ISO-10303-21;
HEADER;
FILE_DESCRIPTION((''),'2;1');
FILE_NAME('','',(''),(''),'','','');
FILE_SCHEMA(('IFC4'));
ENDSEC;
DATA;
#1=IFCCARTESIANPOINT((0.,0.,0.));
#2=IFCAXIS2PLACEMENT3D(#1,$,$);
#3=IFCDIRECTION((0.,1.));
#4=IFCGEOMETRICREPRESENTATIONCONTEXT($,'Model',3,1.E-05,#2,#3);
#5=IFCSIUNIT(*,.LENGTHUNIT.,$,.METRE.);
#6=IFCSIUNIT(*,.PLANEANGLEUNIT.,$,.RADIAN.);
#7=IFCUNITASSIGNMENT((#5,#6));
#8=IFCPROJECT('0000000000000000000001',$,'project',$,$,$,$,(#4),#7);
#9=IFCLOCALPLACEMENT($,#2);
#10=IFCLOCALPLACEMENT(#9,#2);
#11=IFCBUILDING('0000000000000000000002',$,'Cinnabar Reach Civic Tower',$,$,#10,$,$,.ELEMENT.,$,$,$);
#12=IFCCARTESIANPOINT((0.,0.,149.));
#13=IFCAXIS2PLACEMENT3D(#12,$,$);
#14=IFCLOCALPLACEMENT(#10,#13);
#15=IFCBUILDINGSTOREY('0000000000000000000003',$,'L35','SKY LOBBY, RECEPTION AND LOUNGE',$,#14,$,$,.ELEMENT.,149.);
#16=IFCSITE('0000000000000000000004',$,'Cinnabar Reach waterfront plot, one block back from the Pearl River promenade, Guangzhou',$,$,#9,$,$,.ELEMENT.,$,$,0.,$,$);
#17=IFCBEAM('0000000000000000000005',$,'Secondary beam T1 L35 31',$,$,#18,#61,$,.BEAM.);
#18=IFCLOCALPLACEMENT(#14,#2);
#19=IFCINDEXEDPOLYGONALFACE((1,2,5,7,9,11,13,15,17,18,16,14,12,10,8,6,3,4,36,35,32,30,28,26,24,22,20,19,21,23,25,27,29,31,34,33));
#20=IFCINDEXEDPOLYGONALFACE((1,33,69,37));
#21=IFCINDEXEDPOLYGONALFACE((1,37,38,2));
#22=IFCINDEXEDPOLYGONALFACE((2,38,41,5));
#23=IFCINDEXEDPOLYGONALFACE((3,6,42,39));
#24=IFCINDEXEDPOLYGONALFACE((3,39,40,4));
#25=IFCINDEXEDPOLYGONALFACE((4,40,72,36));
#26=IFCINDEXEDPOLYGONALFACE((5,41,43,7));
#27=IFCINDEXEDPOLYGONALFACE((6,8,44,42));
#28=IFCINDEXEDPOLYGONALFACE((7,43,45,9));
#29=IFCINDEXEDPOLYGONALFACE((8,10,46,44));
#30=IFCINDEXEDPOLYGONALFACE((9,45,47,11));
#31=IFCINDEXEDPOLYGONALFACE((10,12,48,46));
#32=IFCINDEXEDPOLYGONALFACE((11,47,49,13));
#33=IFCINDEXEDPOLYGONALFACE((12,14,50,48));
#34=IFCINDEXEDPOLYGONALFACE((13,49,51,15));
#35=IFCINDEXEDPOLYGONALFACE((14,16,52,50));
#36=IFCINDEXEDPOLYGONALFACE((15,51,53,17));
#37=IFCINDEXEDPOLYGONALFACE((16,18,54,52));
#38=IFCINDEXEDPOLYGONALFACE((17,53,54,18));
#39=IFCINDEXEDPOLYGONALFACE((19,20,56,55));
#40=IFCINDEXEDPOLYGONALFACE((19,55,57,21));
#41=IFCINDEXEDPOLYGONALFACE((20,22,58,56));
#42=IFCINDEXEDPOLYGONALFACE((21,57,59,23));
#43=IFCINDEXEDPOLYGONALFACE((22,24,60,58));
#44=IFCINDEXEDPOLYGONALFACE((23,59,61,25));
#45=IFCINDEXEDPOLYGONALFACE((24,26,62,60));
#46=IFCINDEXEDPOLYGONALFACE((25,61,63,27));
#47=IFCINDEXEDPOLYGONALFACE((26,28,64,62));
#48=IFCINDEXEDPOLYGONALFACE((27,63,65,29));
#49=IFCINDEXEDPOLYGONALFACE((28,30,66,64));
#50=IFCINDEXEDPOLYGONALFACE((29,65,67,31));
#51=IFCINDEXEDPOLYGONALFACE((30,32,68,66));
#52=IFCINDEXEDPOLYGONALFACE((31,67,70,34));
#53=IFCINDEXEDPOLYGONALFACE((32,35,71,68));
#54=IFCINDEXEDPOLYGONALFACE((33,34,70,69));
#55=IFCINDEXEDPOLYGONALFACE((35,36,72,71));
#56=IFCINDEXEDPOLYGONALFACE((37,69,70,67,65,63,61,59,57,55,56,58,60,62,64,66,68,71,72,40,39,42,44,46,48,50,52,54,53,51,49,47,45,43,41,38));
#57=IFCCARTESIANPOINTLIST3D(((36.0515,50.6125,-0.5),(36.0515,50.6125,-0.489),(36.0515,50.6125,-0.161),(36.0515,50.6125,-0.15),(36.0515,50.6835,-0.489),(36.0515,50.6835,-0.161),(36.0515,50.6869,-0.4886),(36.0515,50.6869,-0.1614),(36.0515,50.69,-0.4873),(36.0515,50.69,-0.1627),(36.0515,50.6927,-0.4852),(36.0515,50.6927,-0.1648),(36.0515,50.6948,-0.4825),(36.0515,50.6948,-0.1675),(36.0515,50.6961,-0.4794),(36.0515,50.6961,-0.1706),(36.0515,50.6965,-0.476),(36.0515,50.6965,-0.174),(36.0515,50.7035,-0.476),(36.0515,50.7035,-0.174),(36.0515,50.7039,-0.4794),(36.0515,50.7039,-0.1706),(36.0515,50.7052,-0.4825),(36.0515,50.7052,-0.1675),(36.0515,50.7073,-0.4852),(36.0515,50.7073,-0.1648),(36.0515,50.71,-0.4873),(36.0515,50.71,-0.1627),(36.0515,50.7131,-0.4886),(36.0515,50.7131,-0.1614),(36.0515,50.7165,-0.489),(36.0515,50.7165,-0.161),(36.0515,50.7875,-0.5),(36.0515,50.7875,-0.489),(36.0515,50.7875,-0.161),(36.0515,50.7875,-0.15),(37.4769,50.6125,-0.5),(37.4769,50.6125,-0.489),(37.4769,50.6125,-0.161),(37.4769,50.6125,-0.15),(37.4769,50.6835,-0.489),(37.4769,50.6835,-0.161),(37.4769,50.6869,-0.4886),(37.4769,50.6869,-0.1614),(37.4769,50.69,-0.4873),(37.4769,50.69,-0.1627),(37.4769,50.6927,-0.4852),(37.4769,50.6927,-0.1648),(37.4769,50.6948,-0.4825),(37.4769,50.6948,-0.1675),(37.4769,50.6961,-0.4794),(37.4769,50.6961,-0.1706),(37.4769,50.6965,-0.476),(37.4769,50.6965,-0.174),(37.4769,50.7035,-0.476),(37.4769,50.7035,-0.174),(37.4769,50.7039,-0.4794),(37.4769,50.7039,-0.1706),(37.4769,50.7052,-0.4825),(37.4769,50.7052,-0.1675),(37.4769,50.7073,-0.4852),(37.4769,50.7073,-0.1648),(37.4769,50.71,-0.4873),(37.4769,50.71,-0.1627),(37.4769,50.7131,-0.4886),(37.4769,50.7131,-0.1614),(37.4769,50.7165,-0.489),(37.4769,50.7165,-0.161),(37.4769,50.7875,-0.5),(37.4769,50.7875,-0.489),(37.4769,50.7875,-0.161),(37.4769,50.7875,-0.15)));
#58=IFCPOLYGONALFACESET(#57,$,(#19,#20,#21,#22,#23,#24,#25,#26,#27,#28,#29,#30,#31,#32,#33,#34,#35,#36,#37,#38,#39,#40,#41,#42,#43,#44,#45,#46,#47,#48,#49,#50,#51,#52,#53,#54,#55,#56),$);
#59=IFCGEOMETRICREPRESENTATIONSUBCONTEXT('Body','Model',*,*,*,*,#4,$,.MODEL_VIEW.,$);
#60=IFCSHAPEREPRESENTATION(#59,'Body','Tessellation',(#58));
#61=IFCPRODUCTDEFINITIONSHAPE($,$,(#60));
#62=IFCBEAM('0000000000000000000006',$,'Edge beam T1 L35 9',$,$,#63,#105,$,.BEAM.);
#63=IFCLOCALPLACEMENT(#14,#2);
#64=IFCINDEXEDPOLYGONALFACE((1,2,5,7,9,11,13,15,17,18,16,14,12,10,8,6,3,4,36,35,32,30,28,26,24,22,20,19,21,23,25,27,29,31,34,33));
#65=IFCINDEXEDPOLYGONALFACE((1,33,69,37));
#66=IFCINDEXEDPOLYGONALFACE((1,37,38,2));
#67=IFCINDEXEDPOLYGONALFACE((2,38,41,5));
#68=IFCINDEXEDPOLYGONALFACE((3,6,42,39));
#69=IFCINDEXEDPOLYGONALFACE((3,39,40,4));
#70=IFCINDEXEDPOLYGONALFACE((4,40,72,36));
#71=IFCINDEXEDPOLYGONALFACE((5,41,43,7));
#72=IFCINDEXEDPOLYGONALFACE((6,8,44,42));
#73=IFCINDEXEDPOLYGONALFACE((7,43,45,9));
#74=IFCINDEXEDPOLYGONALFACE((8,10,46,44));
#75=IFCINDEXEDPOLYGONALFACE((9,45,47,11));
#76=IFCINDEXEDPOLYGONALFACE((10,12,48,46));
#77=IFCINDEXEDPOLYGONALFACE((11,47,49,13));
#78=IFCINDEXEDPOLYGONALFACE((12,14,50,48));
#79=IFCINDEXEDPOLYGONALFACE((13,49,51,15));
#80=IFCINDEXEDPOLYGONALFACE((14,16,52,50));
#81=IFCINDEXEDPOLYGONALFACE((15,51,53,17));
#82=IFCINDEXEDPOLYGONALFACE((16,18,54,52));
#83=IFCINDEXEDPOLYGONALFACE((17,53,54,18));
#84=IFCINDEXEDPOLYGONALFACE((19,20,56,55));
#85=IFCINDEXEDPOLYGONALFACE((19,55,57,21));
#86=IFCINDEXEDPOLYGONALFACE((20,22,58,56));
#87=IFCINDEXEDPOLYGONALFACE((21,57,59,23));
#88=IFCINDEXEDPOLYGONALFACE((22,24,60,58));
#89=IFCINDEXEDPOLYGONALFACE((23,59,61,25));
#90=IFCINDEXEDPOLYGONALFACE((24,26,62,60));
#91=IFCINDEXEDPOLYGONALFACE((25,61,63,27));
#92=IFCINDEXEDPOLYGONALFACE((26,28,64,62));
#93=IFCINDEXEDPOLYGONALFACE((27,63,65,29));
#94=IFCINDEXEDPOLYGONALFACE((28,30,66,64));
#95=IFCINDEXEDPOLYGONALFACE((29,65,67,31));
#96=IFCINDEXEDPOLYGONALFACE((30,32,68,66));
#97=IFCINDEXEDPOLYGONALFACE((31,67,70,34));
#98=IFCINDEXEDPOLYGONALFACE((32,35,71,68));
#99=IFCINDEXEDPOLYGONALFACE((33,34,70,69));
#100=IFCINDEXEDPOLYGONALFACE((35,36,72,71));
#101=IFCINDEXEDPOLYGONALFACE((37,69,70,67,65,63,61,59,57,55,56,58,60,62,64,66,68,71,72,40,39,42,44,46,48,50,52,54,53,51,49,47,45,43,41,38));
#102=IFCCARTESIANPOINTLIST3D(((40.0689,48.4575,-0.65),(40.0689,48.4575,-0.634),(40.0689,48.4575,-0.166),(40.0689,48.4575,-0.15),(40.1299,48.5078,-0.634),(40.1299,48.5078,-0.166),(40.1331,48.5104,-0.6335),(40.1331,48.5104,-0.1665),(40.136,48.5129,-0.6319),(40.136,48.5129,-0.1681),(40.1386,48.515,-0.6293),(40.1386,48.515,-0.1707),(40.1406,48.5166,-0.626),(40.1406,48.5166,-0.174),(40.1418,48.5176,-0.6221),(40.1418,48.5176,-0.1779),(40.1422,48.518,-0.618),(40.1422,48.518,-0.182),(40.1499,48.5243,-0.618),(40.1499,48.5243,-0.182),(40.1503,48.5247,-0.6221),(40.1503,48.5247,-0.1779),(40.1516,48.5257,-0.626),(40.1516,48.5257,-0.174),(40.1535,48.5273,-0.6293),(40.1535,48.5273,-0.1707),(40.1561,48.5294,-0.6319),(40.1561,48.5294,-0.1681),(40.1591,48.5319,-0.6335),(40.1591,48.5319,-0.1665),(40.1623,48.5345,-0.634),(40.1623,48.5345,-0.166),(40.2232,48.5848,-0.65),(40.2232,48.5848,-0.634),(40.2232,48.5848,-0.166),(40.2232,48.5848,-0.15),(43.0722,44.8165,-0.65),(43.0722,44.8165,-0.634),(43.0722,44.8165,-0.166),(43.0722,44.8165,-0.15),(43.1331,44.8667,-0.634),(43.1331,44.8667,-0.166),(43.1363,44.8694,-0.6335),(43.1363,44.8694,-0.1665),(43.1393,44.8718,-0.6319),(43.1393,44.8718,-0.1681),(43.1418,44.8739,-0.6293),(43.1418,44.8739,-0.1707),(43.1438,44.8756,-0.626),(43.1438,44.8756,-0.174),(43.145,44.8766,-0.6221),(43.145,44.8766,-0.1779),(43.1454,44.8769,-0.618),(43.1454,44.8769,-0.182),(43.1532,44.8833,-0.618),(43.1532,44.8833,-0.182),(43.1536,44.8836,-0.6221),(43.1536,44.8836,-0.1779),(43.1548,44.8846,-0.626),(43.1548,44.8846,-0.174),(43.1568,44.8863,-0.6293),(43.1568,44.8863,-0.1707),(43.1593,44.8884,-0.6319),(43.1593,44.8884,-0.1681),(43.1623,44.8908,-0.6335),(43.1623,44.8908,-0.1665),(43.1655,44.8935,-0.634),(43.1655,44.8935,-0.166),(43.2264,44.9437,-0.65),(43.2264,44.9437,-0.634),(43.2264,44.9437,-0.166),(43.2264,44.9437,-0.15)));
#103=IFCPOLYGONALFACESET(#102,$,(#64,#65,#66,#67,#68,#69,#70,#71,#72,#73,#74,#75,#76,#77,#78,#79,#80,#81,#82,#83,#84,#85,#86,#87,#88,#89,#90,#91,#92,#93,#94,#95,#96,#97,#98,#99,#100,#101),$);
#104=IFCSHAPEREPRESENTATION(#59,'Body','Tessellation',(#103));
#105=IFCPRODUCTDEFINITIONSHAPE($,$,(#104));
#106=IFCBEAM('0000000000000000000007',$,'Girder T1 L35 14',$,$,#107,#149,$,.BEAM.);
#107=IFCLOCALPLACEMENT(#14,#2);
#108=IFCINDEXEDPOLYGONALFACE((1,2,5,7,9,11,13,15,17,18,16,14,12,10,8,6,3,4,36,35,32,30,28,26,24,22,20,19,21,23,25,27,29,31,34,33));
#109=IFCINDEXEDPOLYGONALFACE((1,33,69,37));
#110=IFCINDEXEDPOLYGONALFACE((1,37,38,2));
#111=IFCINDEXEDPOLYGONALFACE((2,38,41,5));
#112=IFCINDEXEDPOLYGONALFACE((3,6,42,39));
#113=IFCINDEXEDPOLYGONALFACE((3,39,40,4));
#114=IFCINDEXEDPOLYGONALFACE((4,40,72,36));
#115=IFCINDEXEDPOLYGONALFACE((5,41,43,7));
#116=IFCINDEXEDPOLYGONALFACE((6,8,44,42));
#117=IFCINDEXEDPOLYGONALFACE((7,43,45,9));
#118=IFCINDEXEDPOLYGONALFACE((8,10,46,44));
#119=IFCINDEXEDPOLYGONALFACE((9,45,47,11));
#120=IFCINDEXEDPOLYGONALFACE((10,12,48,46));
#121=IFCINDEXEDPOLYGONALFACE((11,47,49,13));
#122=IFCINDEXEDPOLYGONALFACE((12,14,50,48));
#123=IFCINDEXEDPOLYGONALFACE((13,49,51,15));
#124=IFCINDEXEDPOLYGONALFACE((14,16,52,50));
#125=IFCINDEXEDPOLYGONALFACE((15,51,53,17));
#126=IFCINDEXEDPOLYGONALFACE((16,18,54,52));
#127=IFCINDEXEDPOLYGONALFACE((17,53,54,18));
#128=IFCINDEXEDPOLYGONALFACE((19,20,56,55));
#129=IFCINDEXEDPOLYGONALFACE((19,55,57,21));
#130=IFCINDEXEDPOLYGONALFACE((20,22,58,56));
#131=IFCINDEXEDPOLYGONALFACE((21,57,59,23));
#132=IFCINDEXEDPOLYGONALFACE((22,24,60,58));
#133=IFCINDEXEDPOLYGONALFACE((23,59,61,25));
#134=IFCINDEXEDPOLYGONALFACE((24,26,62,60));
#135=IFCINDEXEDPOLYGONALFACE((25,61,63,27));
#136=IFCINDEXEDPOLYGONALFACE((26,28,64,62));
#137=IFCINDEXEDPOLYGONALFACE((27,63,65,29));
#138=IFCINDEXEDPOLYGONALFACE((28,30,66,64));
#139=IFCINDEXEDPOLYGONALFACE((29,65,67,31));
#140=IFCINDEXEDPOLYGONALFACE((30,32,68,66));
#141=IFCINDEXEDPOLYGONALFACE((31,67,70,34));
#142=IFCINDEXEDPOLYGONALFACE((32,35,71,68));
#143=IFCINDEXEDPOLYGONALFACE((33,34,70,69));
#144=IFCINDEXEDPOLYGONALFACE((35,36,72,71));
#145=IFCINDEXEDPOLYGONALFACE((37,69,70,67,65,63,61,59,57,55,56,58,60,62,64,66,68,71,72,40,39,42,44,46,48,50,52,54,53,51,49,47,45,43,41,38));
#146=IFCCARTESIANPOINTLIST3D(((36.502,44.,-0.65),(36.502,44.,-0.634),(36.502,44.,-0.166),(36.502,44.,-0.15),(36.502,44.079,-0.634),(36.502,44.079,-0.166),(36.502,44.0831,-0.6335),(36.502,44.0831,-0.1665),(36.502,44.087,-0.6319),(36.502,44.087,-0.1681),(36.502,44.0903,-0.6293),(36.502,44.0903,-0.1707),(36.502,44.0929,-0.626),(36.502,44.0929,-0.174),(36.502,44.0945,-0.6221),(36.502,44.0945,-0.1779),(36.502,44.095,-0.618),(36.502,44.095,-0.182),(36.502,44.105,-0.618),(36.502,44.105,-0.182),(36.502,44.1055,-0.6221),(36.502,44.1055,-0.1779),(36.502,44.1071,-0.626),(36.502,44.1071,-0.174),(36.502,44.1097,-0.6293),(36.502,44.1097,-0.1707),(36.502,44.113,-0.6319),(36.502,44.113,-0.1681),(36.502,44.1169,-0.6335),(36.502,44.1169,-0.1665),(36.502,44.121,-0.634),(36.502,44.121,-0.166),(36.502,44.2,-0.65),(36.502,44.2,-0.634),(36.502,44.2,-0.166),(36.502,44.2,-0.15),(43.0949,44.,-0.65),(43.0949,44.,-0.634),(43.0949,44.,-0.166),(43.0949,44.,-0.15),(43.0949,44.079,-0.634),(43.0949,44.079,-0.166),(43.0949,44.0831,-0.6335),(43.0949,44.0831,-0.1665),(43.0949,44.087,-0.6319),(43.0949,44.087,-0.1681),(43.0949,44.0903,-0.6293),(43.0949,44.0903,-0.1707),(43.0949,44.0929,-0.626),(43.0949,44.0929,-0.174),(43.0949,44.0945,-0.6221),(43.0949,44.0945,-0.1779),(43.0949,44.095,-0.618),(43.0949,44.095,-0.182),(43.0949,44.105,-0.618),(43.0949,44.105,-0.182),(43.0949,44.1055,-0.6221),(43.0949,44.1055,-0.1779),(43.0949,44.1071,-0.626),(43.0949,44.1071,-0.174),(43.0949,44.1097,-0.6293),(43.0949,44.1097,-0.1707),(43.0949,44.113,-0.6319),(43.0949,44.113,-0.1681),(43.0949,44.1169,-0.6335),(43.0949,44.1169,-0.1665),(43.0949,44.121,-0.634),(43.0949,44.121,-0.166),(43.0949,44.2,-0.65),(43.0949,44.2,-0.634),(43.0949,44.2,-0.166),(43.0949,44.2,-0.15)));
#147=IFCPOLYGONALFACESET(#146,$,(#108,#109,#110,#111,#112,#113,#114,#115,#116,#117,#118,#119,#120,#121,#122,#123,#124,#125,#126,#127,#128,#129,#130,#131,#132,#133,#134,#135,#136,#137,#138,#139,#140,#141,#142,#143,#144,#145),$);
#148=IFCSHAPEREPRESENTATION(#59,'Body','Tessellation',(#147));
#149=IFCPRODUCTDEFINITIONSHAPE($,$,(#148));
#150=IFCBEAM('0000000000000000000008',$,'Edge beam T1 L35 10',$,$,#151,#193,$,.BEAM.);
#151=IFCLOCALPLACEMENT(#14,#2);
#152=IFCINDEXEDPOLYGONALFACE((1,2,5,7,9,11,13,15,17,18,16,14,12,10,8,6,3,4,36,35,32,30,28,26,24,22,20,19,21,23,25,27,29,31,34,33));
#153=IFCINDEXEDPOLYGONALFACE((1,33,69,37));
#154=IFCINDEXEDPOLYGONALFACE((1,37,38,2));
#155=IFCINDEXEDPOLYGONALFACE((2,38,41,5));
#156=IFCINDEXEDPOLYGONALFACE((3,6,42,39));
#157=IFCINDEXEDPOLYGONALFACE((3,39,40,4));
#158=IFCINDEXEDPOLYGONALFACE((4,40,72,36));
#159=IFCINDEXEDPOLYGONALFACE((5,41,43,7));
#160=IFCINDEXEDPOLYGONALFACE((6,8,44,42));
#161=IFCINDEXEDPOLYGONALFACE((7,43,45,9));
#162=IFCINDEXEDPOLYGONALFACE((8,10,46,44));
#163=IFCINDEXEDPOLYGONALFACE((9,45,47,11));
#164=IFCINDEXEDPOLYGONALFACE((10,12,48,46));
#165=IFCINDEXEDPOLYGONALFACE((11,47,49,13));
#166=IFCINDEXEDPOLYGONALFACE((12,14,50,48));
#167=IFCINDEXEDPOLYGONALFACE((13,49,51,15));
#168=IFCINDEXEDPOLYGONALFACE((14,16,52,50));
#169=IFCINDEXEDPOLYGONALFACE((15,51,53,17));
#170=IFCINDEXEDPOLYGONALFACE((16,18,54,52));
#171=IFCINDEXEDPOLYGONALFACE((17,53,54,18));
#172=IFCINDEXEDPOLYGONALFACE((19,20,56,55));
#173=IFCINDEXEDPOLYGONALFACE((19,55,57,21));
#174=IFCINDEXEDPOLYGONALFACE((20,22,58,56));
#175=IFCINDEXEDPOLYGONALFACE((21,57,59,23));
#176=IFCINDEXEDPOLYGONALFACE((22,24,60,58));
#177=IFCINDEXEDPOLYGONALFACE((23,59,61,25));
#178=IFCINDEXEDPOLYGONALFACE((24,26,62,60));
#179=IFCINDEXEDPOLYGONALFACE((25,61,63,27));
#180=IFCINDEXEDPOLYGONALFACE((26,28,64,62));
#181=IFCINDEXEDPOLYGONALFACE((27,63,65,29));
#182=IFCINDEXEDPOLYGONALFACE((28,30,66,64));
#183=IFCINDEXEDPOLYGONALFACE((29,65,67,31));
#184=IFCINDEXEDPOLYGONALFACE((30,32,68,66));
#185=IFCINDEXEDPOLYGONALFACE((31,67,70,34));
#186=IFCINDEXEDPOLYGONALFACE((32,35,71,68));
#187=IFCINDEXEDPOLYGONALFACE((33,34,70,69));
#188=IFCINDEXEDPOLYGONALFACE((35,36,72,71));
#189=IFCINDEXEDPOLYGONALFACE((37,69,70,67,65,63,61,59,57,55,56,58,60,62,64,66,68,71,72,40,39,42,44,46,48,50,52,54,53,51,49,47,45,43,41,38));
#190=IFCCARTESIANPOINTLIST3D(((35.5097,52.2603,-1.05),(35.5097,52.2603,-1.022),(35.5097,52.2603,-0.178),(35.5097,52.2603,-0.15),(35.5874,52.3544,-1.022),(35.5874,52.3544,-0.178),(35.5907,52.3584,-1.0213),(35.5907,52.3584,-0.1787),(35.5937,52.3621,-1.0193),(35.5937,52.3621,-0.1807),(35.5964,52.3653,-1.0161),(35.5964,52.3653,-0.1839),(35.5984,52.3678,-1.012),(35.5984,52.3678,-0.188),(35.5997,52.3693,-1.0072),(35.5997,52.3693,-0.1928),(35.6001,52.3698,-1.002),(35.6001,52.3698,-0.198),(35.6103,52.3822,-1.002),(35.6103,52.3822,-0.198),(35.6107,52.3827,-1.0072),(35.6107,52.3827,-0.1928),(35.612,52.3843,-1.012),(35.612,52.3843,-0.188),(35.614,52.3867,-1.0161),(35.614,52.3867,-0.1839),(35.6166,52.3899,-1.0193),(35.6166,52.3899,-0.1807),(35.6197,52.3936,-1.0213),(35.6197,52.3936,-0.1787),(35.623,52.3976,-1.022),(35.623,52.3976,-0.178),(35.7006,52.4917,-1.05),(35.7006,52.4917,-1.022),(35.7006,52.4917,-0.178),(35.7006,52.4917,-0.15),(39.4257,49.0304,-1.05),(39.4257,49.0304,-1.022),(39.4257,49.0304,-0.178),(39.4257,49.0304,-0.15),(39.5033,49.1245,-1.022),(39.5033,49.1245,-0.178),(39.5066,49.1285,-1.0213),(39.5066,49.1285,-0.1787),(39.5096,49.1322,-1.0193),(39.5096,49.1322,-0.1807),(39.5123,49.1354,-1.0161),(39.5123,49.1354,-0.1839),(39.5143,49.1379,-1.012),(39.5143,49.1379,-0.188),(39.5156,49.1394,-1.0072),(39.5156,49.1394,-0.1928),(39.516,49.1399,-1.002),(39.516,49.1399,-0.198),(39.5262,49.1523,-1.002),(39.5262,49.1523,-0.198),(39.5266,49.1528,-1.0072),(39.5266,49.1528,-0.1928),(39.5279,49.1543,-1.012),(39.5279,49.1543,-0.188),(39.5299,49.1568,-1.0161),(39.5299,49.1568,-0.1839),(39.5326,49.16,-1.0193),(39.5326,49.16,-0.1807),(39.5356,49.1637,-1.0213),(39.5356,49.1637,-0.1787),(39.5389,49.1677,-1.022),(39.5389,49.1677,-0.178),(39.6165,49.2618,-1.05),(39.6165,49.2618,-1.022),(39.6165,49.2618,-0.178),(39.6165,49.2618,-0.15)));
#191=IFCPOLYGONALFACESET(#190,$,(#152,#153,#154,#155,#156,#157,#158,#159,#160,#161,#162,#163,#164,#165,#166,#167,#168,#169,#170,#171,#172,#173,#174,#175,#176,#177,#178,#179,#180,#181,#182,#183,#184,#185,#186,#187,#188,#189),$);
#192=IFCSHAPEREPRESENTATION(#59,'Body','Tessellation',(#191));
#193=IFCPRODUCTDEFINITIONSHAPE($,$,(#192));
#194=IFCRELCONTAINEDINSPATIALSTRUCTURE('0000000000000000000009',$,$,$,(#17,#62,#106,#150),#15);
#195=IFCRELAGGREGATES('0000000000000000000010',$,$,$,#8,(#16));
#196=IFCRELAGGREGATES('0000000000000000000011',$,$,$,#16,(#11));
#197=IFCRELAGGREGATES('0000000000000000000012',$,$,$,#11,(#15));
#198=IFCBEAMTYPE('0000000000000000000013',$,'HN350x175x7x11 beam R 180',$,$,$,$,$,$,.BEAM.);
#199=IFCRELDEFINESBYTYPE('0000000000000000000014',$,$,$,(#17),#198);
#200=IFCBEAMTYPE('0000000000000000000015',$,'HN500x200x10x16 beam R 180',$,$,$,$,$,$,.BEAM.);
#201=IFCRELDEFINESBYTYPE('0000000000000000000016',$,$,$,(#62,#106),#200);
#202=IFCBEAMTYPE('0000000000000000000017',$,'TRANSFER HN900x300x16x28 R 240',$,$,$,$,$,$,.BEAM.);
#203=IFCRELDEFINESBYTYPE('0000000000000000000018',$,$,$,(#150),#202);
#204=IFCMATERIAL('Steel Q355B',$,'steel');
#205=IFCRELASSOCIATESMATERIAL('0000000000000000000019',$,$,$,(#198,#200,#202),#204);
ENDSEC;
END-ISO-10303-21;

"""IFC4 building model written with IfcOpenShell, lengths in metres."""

from ifc_helpers import new_model, si_unit, direction, frame, origin, origin_2d, place, context, subcontext, project, spatial, i_section, extrude, material, material_profile, profile_set, type_object, element, save


model = new_model("IFC4")

# Units and contexts
model_context = context("Model", 3, precision=1e-05, world=origin(), true_north=direction((0.0, 1.0)))
body_context = subcontext(model_context, "Body", "Model", "MODEL_VIEW")
ifc_project = project(units=[si_unit("LENGTHUNIT", "METRE"), si_unit("PLANEANGLEUNIT", "RADIAN")], contexts=[model_context])

# Site, building, storey
site_placement = place(None, origin())
site = spatial("IfcSite", under=ifc_project, at=site_placement, Name="Cinnabar Reach waterfront plot, one block back from the Pearl River promenade, Guangzhou", CompositionType="ELEMENT", RefElevation=0.0)
building_placement = place(site_placement, origin())
building = spatial("IfcBuilding", under=site, at=building_placement, Name="Cinnabar Reach Civic Tower", CompositionType="ELEMENT")
storey_placement = place(building_placement, frame((0.0, 0.0, 149.0)))
storey = spatial("IfcBuildingStorey", under=building, at=storey_placement, Name="L35", Description="SKY LOBBY, RECEPTION AND LOUNGE", CompositionType="ELEMENT", Elevation=149.0)

# Beams
ifc_material_1 = material(Name="Steel Q355B", Category="steel")
ifc_material_profile_1 = material_profile(ifc_material_1, i_section(OverallWidth=0.175, OverallDepth=0.35, WebThickness=0.007, FlangeThickness=0.011, FilletRadius=0.013, at=origin_2d()), Name="HN350x175x7x11")
ifc_profile_set_1 = profile_set([ifc_material_profile_1], Name="Steel Q355B")
beam_type_1 = type_object("IfcBeamType", Name="HN350x175x7x11 beam R 180", PredefinedType="BEAM", material=ifc_profile_set_1)
beam_1_placement = place(storey_placement, frame((36.0515, 50.7, -0.325), z_axis=(1.0, 0.0, 0.0), x_axis=(0.0, 1.0, 0.0)))
element("IfcBeam", 1, at=beam_1_placement, inside=storey, type_object=beam_type_1, Name="Secondary beam T1 L35 31", PredefinedType="BEAM", context=body_context, shape_type="SweptSolid", body=[
    extrude(i_section(OverallWidth=0.175, OverallDepth=0.35, WebThickness=0.007, FlangeThickness=0.011, FilletRadius=0.013, at=origin_2d()), origin(), (0.0, 0.0, 1.0), 1.4254),
])
ifc_material_profile_2 = material_profile(ifc_material_1, i_section(OverallWidth=0.2, OverallDepth=0.5, WebThickness=0.01, FlangeThickness=0.016, FilletRadius=0.016, at=origin_2d()), Name="HN500x200x10x16")
ifc_profile_set_2 = profile_set([ifc_material_profile_2], Name="Steel Q355B")
beam_type_2 = type_object("IfcBeamType", Name="HN500x200x10x16 beam R 180", PredefinedType="BEAM", material=ifc_profile_set_2)
beam_2_placement = place(storey_placement, frame((43.1493, 44.8801, -0.4), z_axis=(-0.636304, 0.771438, 0.0), x_axis=(-0.771438, -0.636304, 0.0)))
element("IfcBeam", 2, at=beam_2_placement, inside=storey, type_object=beam_type_2, Name="Edge beam T1 L35 9", PredefinedType="BEAM", context=body_context, shape_type="SweptSolid", body=[
    extrude(i_section(OverallWidth=0.2, OverallDepth=0.5, WebThickness=0.01, FlangeThickness=0.016, FilletRadius=0.016, at=origin_2d()), origin(), (0.0, 0.0, 1.0), 4.7198),
])
beam_3_placement = place(storey_placement, frame((36.502, 44.1, -0.4), z_axis=(1.0, 0.0, 0.0), x_axis=(0.0, 1.0, 0.0)))
element("IfcBeam", 3, at=beam_3_placement, inside=storey, type_object=beam_type_2, Name="Girder T1 L35 14", PredefinedType="BEAM", context=body_context, shape_type="SweptSolid", body=[
    extrude(i_section(OverallWidth=0.2, OverallDepth=0.5, WebThickness=0.01, FlangeThickness=0.016, FilletRadius=0.016, at=origin_2d()), origin(), (0.0, 0.0, 1.0), 6.5929),
])
ifc_material_profile_3 = material_profile(ifc_material_1, i_section(OverallWidth=0.3, OverallDepth=0.9, WebThickness=0.016, FlangeThickness=0.028, FilletRadius=0.02, at=origin_2d()), Name="HN900x300x16x28")
ifc_profile_set_3 = profile_set([ifc_material_profile_3], Name="Steel Q355B")
beam_type_3 = type_object("IfcBeamType", Name="TRANSFER HN900x300x16x28 R 240", PredefinedType="BEAM", material=ifc_profile_set_3)
beam_4_placement = place(storey_placement, frame((39.5211, 49.1461, -0.6), z_axis=(-0.771443, 0.636299, 0.0), x_axis=(-0.636299, -0.771443, 0.0)))
element("IfcBeam", 4, at=beam_4_placement, inside=storey, type_object=beam_type_3, Name="Edge beam T1 L35 10", PredefinedType="BEAM", context=body_context, shape_type="SweptSolid", body=[
    extrude(i_section(OverallWidth=0.3, OverallDepth=0.9, WebThickness=0.016, FlangeThickness=0.028, FilletRadius=0.02, at=origin_2d()), origin(), (0.0, 0.0, 1.0), 5.0761),
])

save(model, "model.ifc")
